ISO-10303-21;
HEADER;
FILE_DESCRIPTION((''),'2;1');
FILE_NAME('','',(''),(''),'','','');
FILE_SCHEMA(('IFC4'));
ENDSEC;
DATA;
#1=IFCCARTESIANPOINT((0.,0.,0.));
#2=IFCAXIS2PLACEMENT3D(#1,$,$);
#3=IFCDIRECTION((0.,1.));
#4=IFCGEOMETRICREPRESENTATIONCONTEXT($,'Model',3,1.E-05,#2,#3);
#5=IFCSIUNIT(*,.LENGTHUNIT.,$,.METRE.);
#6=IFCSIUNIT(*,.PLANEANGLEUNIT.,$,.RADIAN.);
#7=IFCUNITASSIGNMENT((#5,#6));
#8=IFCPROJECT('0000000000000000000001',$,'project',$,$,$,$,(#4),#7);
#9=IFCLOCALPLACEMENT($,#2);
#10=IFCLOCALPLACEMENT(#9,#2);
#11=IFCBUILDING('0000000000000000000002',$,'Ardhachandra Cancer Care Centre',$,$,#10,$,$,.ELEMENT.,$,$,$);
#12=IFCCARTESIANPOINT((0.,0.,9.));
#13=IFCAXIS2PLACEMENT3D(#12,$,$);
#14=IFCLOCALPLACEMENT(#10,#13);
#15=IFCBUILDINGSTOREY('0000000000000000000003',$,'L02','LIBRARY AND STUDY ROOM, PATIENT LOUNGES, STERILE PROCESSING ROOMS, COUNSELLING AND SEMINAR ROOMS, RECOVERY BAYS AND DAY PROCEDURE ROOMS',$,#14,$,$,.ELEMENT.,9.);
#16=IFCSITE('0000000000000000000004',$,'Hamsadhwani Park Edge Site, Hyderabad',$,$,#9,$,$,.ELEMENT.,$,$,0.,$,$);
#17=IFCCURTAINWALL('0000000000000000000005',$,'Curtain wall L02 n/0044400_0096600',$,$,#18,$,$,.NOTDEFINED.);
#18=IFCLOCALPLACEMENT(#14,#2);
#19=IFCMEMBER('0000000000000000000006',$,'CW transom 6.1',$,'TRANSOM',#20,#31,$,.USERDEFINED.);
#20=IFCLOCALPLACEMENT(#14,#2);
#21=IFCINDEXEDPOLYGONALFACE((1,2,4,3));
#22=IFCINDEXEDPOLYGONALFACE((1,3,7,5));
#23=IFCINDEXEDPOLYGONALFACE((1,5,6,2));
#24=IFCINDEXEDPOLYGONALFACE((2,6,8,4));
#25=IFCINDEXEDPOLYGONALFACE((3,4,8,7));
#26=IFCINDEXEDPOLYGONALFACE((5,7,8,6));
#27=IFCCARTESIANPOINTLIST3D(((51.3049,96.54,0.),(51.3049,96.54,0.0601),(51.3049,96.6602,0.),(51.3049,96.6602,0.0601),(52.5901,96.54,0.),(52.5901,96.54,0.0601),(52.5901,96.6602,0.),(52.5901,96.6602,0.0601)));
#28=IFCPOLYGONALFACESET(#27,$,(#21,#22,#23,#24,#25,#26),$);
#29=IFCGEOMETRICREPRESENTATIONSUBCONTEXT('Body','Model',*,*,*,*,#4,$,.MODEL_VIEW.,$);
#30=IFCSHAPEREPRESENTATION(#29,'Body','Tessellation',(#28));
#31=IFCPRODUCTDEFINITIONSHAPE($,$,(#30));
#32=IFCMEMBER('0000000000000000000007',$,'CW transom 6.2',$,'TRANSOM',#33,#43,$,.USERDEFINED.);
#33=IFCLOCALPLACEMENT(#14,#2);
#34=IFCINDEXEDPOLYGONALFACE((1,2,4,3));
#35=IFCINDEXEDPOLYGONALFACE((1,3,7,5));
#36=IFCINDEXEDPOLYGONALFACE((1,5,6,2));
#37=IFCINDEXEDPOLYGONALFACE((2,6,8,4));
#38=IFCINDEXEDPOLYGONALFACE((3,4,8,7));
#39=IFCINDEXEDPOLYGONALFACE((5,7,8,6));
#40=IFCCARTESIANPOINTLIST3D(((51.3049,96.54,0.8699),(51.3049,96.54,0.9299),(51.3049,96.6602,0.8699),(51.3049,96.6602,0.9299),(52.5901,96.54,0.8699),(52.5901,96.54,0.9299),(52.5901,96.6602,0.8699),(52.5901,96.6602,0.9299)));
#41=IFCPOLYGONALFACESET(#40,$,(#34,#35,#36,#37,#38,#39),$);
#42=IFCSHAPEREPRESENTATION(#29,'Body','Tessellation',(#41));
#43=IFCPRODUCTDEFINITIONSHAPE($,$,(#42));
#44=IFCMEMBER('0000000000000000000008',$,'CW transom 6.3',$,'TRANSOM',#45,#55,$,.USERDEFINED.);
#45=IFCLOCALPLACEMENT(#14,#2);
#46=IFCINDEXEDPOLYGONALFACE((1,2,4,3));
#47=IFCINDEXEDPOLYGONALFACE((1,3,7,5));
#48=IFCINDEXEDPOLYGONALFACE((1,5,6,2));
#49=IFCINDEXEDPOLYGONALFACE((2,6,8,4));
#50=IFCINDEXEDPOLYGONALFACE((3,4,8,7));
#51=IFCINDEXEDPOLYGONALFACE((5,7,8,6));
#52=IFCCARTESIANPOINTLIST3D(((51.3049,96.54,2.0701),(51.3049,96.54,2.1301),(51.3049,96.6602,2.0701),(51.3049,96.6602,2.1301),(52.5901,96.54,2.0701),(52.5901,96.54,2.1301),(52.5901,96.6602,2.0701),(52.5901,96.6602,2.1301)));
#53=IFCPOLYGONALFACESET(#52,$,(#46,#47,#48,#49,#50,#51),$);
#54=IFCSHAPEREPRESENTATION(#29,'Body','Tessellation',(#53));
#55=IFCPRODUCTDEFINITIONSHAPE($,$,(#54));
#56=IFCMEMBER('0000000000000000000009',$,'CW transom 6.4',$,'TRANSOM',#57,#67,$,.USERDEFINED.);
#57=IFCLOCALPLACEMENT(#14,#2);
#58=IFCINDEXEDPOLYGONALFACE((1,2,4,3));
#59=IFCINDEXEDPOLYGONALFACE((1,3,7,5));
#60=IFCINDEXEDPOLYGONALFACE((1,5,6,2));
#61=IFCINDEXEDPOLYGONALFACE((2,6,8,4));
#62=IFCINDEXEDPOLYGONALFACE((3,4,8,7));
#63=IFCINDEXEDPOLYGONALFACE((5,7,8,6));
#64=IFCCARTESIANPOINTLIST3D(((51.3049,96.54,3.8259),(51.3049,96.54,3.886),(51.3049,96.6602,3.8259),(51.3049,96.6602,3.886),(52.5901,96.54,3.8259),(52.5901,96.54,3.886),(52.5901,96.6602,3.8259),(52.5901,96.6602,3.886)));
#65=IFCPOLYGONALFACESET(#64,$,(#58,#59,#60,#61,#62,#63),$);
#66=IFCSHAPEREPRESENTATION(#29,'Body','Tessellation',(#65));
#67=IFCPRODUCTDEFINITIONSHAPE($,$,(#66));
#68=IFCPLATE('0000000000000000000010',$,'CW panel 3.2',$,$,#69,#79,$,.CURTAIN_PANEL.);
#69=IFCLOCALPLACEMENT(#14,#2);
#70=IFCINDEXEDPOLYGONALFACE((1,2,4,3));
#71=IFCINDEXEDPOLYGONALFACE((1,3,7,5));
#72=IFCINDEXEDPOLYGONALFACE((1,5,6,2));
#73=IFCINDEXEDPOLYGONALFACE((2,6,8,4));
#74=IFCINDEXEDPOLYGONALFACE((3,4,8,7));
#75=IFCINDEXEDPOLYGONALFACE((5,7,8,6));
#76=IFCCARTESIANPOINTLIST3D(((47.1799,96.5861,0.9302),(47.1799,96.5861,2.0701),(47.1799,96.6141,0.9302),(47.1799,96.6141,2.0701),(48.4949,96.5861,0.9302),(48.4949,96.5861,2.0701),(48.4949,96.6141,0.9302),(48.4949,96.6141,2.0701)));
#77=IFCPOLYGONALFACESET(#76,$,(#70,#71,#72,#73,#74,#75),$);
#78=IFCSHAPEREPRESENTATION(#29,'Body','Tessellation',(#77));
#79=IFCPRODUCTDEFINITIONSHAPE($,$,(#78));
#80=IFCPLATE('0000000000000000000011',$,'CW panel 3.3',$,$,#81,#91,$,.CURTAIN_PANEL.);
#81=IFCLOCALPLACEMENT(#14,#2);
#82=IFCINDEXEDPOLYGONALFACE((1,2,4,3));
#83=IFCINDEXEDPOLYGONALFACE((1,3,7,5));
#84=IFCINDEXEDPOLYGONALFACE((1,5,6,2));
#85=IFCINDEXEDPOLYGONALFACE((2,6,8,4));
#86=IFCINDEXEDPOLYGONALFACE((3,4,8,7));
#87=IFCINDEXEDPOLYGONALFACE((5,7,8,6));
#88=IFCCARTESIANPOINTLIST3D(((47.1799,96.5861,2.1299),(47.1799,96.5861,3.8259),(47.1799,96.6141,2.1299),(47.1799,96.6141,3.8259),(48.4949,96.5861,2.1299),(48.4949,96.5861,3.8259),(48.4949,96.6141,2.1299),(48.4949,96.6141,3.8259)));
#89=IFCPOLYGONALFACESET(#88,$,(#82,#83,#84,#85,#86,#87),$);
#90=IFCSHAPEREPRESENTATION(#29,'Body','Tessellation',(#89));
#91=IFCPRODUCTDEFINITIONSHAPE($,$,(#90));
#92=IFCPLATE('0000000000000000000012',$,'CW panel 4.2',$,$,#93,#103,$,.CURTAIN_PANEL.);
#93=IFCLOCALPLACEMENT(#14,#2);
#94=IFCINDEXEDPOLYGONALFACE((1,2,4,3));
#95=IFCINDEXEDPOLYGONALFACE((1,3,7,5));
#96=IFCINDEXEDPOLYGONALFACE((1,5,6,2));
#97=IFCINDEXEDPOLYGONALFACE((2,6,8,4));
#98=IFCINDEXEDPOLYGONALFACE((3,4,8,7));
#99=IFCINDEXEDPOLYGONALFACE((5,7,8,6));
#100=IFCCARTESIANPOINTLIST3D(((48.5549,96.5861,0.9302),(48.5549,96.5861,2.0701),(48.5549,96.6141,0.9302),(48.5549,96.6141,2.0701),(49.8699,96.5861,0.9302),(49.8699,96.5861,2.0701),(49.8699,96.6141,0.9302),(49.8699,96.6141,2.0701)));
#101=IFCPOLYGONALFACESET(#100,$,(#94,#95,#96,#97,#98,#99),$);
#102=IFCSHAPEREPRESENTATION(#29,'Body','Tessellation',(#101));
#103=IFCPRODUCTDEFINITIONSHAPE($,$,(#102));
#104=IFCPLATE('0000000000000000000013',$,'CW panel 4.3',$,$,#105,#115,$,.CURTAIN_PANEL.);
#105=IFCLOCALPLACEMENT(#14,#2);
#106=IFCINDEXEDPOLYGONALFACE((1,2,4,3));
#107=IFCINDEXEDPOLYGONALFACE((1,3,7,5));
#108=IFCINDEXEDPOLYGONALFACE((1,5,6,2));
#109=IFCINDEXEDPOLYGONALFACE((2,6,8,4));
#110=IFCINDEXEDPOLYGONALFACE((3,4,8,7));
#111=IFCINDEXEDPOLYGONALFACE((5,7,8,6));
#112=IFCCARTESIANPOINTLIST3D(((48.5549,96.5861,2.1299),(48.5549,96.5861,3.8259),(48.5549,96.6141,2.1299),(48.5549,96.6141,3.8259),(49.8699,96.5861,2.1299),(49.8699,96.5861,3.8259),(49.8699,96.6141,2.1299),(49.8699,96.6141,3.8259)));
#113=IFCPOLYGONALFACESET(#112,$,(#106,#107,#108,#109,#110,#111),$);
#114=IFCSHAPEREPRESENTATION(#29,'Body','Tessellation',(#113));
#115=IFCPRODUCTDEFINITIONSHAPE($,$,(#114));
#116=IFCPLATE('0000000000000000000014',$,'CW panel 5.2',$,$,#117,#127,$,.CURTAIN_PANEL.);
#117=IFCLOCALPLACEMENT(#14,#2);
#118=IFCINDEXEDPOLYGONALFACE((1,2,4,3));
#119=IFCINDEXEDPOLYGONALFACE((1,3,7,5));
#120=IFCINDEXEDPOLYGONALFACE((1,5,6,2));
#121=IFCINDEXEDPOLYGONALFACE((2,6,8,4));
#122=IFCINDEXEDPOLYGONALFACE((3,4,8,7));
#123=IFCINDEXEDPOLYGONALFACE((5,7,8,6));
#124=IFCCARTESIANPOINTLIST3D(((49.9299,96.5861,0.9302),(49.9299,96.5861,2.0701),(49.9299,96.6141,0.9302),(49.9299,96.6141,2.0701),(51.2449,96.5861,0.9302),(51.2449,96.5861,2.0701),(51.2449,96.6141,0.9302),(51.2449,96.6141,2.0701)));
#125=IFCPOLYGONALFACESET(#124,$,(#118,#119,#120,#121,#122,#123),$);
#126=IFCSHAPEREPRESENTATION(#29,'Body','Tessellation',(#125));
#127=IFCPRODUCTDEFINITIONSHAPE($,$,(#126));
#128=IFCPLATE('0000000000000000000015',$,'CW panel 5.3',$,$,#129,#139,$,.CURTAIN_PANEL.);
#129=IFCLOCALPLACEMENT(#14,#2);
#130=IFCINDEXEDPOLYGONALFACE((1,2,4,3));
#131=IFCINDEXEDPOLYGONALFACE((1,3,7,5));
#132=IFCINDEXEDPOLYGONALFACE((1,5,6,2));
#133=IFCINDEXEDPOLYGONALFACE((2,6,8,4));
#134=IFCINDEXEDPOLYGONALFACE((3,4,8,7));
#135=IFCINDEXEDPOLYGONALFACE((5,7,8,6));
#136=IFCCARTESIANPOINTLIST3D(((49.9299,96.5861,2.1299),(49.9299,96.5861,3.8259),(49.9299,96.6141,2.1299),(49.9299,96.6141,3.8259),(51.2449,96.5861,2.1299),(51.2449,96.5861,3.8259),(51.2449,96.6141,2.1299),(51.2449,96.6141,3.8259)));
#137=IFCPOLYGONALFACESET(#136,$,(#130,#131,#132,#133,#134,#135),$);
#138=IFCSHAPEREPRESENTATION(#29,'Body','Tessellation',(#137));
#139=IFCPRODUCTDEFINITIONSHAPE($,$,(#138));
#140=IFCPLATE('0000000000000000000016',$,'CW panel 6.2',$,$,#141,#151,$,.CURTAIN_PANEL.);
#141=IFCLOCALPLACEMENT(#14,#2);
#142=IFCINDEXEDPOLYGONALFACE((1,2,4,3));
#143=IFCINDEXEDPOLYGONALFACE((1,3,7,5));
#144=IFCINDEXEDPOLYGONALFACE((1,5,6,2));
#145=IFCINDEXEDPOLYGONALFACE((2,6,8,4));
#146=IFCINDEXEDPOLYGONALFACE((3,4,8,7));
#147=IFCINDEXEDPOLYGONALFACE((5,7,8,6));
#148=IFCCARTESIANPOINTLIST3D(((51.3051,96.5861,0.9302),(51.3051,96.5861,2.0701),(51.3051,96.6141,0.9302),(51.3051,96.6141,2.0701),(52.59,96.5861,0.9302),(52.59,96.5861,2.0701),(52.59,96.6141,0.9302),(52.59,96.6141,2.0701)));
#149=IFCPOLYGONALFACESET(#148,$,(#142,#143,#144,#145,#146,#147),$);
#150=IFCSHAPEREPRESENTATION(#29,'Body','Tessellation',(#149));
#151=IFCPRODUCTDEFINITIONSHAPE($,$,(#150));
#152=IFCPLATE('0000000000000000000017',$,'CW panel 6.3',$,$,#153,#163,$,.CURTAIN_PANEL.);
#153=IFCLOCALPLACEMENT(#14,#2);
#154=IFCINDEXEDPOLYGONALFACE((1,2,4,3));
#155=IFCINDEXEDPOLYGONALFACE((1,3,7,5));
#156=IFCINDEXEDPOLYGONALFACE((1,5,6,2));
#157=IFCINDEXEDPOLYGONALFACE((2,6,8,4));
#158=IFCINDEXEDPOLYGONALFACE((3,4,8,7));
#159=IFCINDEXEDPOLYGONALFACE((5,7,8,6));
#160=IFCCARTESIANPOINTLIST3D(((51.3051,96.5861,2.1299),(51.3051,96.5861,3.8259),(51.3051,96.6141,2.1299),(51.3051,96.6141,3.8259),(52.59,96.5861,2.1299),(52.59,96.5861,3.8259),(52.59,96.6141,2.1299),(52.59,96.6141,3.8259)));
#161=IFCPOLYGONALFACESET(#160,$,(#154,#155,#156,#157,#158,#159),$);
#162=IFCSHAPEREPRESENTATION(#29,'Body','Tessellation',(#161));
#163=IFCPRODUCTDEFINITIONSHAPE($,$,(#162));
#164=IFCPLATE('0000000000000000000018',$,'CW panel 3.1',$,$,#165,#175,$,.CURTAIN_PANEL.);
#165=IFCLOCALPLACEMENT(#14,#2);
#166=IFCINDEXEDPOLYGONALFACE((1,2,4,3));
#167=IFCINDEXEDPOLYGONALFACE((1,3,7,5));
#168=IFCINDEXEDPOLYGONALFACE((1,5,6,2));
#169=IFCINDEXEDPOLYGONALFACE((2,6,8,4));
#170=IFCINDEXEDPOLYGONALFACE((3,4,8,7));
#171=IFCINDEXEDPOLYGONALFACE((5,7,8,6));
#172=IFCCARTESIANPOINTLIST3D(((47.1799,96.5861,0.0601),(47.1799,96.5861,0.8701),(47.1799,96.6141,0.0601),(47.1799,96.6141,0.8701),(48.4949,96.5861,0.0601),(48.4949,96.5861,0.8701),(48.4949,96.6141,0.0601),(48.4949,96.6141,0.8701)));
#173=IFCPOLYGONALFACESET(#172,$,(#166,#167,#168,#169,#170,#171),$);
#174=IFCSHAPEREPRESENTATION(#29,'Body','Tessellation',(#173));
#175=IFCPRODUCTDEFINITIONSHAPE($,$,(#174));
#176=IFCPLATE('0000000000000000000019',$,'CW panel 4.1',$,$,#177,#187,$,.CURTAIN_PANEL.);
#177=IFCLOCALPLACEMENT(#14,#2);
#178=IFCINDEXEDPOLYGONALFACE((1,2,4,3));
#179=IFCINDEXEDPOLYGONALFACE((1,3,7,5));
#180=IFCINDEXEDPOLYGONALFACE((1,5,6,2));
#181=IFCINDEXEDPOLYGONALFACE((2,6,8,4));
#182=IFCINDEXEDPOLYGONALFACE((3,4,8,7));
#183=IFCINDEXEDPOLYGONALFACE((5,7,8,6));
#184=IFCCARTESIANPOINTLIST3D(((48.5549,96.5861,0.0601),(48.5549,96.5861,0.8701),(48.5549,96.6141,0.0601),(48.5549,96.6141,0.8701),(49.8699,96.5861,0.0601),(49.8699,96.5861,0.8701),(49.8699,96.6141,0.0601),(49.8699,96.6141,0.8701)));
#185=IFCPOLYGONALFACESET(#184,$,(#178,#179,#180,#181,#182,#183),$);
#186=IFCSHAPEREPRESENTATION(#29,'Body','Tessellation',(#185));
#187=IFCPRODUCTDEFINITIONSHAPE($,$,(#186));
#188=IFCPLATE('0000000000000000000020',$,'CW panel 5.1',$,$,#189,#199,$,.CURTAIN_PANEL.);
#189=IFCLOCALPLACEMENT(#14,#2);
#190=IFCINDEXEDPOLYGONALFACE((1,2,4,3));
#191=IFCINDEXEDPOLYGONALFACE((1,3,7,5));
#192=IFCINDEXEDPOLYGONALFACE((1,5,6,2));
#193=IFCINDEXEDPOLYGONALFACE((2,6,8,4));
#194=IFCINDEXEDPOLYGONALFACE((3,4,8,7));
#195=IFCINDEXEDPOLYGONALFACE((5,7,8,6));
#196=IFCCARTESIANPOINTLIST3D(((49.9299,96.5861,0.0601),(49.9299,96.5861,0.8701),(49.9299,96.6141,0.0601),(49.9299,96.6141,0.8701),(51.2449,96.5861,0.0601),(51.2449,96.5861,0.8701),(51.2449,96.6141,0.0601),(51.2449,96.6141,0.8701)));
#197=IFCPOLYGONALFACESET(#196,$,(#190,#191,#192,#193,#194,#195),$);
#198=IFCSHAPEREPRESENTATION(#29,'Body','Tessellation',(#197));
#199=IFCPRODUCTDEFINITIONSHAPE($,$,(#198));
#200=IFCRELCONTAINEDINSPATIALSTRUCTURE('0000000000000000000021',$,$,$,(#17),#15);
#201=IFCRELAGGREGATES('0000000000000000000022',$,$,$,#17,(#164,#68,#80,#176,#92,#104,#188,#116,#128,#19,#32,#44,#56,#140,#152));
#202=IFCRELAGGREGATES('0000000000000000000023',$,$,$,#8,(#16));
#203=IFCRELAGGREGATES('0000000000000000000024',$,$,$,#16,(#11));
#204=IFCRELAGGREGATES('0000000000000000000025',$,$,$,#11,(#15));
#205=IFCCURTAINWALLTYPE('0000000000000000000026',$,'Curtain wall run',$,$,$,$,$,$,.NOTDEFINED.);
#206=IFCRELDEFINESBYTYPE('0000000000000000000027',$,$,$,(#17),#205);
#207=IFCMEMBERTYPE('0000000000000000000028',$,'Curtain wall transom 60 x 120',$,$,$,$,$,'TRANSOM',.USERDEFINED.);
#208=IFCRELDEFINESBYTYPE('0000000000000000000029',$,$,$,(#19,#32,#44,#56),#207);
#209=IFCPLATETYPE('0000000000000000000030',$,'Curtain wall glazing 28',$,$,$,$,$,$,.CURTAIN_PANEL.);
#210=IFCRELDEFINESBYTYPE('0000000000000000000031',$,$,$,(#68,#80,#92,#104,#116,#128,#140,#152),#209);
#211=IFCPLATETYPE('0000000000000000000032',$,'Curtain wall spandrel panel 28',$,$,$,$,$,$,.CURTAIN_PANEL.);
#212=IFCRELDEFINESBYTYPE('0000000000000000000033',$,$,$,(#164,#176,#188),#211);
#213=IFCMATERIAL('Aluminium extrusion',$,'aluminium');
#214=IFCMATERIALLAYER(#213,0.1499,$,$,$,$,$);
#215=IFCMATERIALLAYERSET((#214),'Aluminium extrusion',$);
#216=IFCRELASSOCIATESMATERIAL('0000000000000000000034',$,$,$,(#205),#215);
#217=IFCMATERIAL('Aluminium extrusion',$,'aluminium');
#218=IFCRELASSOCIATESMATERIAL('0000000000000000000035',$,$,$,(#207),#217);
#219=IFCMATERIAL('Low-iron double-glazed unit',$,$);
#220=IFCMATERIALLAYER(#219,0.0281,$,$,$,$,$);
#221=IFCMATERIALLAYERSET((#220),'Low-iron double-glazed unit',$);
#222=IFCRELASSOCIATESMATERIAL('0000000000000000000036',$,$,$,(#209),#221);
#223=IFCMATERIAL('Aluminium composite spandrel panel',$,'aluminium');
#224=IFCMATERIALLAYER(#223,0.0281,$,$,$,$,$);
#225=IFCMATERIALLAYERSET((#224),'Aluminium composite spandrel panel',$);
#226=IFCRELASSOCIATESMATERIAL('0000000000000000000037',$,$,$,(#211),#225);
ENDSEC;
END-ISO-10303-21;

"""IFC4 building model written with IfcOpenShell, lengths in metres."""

from ifc_helpers import new_model, si_unit, direction, frame, origin, origin_2d, place, context, subcontext, project, spatial, rectangle, extrude, material, layer, layer_set, material_profile, profile_set, type_object, element, aggregate, save


model = new_model("IFC4")

# Units and contexts
model_context = context("Model", 3, precision=1e-05, world=origin(), true_north=direction((0.0, 1.0)))
body_context = subcontext(model_context, "Body", "Model", "MODEL_VIEW")
ifc_project = project(units=[si_unit("LENGTHUNIT", "METRE"), si_unit("PLANEANGLEUNIT", "RADIAN")], contexts=[model_context])

# Site, building, storey
site_placement = place(None, origin())
site = spatial("IfcSite", under=ifc_project, at=site_placement, Name="Hamsadhwani Park Edge Site, Hyderabad", CompositionType="ELEMENT", RefElevation=0.0)
building_placement = place(site_placement, origin())
building = spatial("IfcBuilding", under=site, at=building_placement, Name="Ardhachandra Cancer Care Centre", CompositionType="ELEMENT")
storey_placement = place(building_placement, frame((0.0, 0.0, 9.0)))
storey = spatial("IfcBuildingStorey", under=building, at=storey_placement, Name="L02", Description="LIBRARY AND STUDY ROOM, PATIENT LOUNGES, STERILE PROCESSING ROOMS, COUNSELLING AND SEMINAR ROOMS, RECOVERY BAYS AND DAY PROCEDURE ROOMS", CompositionType="ELEMENT", Elevation=9.0)

# Curtain wall, members, plates
ifc_material_1 = material(Name="Aluminium extrusion", Category="aluminium")
ifc_layer_1 = layer(ifc_material_1, 0.1499)
ifc_layer_set_1 = layer_set([ifc_layer_1], Name="Aluminium extrusion")
curtain_wall_type = type_object("IfcCurtainWallType", Name="Curtain wall run", PredefinedType="NOTDEFINED", material=ifc_layer_set_1)
curtain_wall_placement = place(storey_placement, origin())
curtain_wall = element("IfcCurtainWall", 1, at=curtain_wall_placement, inside=storey, type_object=curtain_wall_type, Name="Curtain wall L02 n/0044400_0096600", PredefinedType="NOTDEFINED")
ifc_material_2 = material(Name="Aluminium extrusion", Category="aluminium")
ifc_material_profile_1 = material_profile(ifc_material_2, rectangle(XDim=0.1201, YDim=0.0601, at=origin_2d()), Name="Curtain wall transom 60 x 120")
ifc_profile_set_1 = profile_set([ifc_material_profile_1], Name="Aluminium extrusion")
member_type_1 = type_object("IfcMemberType", Name="Curtain wall transom 60 x 120", ElementType="TRANSOM", PredefinedType="USERDEFINED", material=ifc_profile_set_1)
member_1_placement = place(storey_placement, frame((51.3049, 96.6001, 0.03), z_axis=(1.0, 0.0, 0.0), x_axis=(0.0, 1.0, 0.0)))
member_1 = element("IfcMember", 2, at=member_1_placement, type_object=member_type_1, Name="CW transom 6.1", ObjectType="TRANSOM", PredefinedType="USERDEFINED", context=body_context, shape_type="SweptSolid", body=[
    extrude(rectangle(XDim=0.1201, YDim=0.0601, at=origin_2d()), origin(), (0.0, 0.0, 1.0), 1.2852),
])
member_2_placement = place(storey_placement, frame((51.3049, 96.6001, 0.8999), z_axis=(1.0, 0.0, 0.0), x_axis=(0.0, 1.0, 0.0)))
member_2 = element("IfcMember", 3, at=member_2_placement, type_object=member_type_1, Name="CW transom 6.2", ObjectType="TRANSOM", PredefinedType="USERDEFINED", context=body_context, shape_type="SweptSolid", body=[
    extrude(rectangle(XDim=0.1201, YDim=0.0601, at=origin_2d()), origin(), (0.0, 0.0, 1.0), 1.2852),
])
member_3_placement = place(storey_placement, frame((51.3049, 96.6001, 2.1001), z_axis=(1.0, 0.0, 0.0), x_axis=(0.0, 1.0, 0.0)))
member_3 = element("IfcMember", 4, at=member_3_placement, type_object=member_type_1, Name="CW transom 6.3", ObjectType="TRANSOM", PredefinedType="USERDEFINED", context=body_context, shape_type="SweptSolid", body=[
    extrude(rectangle(XDim=0.1201, YDim=0.0601, at=origin_2d()), origin(), (0.0, 0.0, 1.0), 1.2852),
])
member_4_placement = place(storey_placement, frame((51.3049, 96.6001, 3.856), z_axis=(1.0, 0.0, 0.0), x_axis=(0.0, 1.0, 0.0)))
member_4 = element("IfcMember", 5, at=member_4_placement, type_object=member_type_1, Name="CW transom 6.4", ObjectType="TRANSOM", PredefinedType="USERDEFINED", context=body_context, shape_type="SweptSolid", body=[
    extrude(rectangle(XDim=0.1201, YDim=0.0601, at=origin_2d()), origin(), (0.0, 0.0, 1.0), 1.2852),
])
ifc_material_3 = material(Name="Low-iron double-glazed unit")
ifc_layer_2 = layer(ifc_material_3, 0.0281)
ifc_layer_set_2 = layer_set([ifc_layer_2], Name="Low-iron double-glazed unit")
plate_type_1 = type_object("IfcPlateType", Name="Curtain wall glazing 28", PredefinedType="CURTAIN_PANEL", material=ifc_layer_set_2)
plate_1_placement = place(storey_placement, frame((47.8374, 96.6001, 0.9302), z_axis=(0.0, 0.0, 1.0), x_axis=(1.0, 0.0, 0.0)))
plate_1 = element("IfcPlate", 6, at=plate_1_placement, type_object=plate_type_1, Name="CW panel 3.2", PredefinedType="CURTAIN_PANEL", context=body_context, shape_type="SweptSolid", body=[
    extrude(rectangle(XDim=1.3149, YDim=0.0281, at=origin_2d()), origin(), (0.0, 0.0, 1.0), 1.1399),
])
plate_2_placement = place(storey_placement, frame((47.8374, 96.6001, 2.1299), z_axis=(0.0, 0.0, 1.0), x_axis=(1.0, 0.0, 0.0)))
plate_2 = element("IfcPlate", 7, at=plate_2_placement, type_object=plate_type_1, Name="CW panel 3.3", PredefinedType="CURTAIN_PANEL", context=body_context, shape_type="SweptSolid", body=[
    extrude(rectangle(XDim=1.3149, YDim=0.0281, at=origin_2d()), origin(), (0.0, 0.0, 1.0), 1.696),
])
plate_3_placement = place(storey_placement, frame((49.2124, 96.6001, 0.9302), z_axis=(0.0, 0.0, 1.0), x_axis=(1.0, 0.0, 0.0)))
plate_3 = element("IfcPlate", 8, at=plate_3_placement, type_object=plate_type_1, Name="CW panel 4.2", PredefinedType="CURTAIN_PANEL", context=body_context, shape_type="SweptSolid", body=[
    extrude(rectangle(XDim=1.3149, YDim=0.0281, at=origin_2d()), origin(), (0.0, 0.0, 1.0), 1.1399),
])
plate_4_placement = place(storey_placement, frame((49.2124, 96.6001, 2.1299), z_axis=(0.0, 0.0, 1.0), x_axis=(1.0, 0.0, 0.0)))
plate_4 = element("IfcPlate", 9, at=plate_4_placement, type_object=plate_type_1, Name="CW panel 4.3", PredefinedType="CURTAIN_PANEL", context=body_context, shape_type="SweptSolid", body=[
    extrude(rectangle(XDim=1.3149, YDim=0.0281, at=origin_2d()), origin(), (0.0, 0.0, 1.0), 1.696),
])
plate_5_placement = place(storey_placement, frame((50.5874, 96.6001, 0.9302), z_axis=(0.0, 0.0, 1.0), x_axis=(1.0, 0.0, 0.0)))
plate_5 = element("IfcPlate", 10, at=plate_5_placement, type_object=plate_type_1, Name="CW panel 5.2", PredefinedType="CURTAIN_PANEL", context=body_context, shape_type="SweptSolid", body=[
    extrude(rectangle(XDim=1.3149, YDim=0.0281, at=origin_2d()), origin(), (0.0, 0.0, 1.0), 1.1399),
])
plate_6_placement = place(storey_placement, frame((50.5874, 96.6001, 2.1299), z_axis=(0.0, 0.0, 1.0), x_axis=(1.0, 0.0, 0.0)))
plate_6 = element("IfcPlate", 11, at=plate_6_placement, type_object=plate_type_1, Name="CW panel 5.3", PredefinedType="CURTAIN_PANEL", context=body_context, shape_type="SweptSolid", body=[
    extrude(rectangle(XDim=1.3149, YDim=0.0281, at=origin_2d()), origin(), (0.0, 0.0, 1.0), 1.696),
])
plate_7_placement = place(storey_placement, frame((51.9475, 96.6001, 0.9302), z_axis=(0.0, 0.0, 1.0), x_axis=(1.0, 0.0, 0.0)))
plate_7 = element("IfcPlate", 12, at=plate_7_placement, type_object=plate_type_1, Name="CW panel 6.2", PredefinedType="CURTAIN_PANEL", context=body_context, shape_type="SweptSolid", body=[
    extrude(rectangle(XDim=1.2849, YDim=0.0281, at=origin_2d()), origin(), (0.0, 0.0, 1.0), 1.1399),
])
plate_8_placement = place(storey_placement, frame((51.9475, 96.6001, 2.1299), z_axis=(0.0, 0.0, 1.0), x_axis=(1.0, 0.0, 0.0)))
plate_8 = element("IfcPlate", 13, at=plate_8_placement, type_object=plate_type_1, Name="CW panel 6.3", PredefinedType="CURTAIN_PANEL", context=body_context, shape_type="SweptSolid", body=[
    extrude(rectangle(XDim=1.2849, YDim=0.0281, at=origin_2d()), origin(), (0.0, 0.0, 1.0), 1.696),
])
ifc_material_4 = material(Name="Aluminium composite spandrel panel", Category="aluminium")
ifc_layer_3 = layer(ifc_material_4, 0.0281)
ifc_layer_set_3 = layer_set([ifc_layer_3], Name="Aluminium composite spandrel panel")
plate_type_2 = type_object("IfcPlateType", Name="Curtain wall spandrel panel 28", PredefinedType="CURTAIN_PANEL", material=ifc_layer_set_3)
plate_9_placement = place(storey_placement, frame((47.8374, 96.6001, 0.0601), z_axis=(0.0, 0.0, 1.0), x_axis=(1.0, 0.0, 0.0)))
plate_9 = element("IfcPlate", 14, at=plate_9_placement, type_object=plate_type_2, Name="CW panel 3.1", PredefinedType="CURTAIN_PANEL", context=body_context, shape_type="SweptSolid", body=[
    extrude(rectangle(XDim=1.3149, YDim=0.0281, at=origin_2d()), origin(), (0.0, 0.0, 1.0), 0.8101),
])
plate_10_placement = place(storey_placement, frame((49.2124, 96.6001, 0.0601), z_axis=(0.0, 0.0, 1.0), x_axis=(1.0, 0.0, 0.0)))
plate_10 = element("IfcPlate", 15, at=plate_10_placement, type_object=plate_type_2, Name="CW panel 4.1", PredefinedType="CURTAIN_PANEL", context=body_context, shape_type="SweptSolid", body=[
    extrude(rectangle(XDim=1.3149, YDim=0.0281, at=origin_2d()), origin(), (0.0, 0.0, 1.0), 0.8101),
])
plate_11_placement = place(storey_placement, frame((50.5874, 96.6001, 0.0601), z_axis=(0.0, 0.0, 1.0), x_axis=(1.0, 0.0, 0.0)))
plate_11 = element("IfcPlate", 16, at=plate_11_placement, type_object=plate_type_2, Name="CW panel 5.1", PredefinedType="CURTAIN_PANEL", context=body_context, shape_type="SweptSolid", body=[
    extrude(rectangle(XDim=1.3149, YDim=0.0281, at=origin_2d()), origin(), (0.0, 0.0, 1.0), 0.8101),
])
aggregate(curtain_wall, [plate_9, plate_1, plate_2, plate_10, plate_3, plate_4, plate_11, plate_5, plate_6, member_1, member_2, member_3, member_4, plate_7, plate_8])

save(model, "model.ifc")
